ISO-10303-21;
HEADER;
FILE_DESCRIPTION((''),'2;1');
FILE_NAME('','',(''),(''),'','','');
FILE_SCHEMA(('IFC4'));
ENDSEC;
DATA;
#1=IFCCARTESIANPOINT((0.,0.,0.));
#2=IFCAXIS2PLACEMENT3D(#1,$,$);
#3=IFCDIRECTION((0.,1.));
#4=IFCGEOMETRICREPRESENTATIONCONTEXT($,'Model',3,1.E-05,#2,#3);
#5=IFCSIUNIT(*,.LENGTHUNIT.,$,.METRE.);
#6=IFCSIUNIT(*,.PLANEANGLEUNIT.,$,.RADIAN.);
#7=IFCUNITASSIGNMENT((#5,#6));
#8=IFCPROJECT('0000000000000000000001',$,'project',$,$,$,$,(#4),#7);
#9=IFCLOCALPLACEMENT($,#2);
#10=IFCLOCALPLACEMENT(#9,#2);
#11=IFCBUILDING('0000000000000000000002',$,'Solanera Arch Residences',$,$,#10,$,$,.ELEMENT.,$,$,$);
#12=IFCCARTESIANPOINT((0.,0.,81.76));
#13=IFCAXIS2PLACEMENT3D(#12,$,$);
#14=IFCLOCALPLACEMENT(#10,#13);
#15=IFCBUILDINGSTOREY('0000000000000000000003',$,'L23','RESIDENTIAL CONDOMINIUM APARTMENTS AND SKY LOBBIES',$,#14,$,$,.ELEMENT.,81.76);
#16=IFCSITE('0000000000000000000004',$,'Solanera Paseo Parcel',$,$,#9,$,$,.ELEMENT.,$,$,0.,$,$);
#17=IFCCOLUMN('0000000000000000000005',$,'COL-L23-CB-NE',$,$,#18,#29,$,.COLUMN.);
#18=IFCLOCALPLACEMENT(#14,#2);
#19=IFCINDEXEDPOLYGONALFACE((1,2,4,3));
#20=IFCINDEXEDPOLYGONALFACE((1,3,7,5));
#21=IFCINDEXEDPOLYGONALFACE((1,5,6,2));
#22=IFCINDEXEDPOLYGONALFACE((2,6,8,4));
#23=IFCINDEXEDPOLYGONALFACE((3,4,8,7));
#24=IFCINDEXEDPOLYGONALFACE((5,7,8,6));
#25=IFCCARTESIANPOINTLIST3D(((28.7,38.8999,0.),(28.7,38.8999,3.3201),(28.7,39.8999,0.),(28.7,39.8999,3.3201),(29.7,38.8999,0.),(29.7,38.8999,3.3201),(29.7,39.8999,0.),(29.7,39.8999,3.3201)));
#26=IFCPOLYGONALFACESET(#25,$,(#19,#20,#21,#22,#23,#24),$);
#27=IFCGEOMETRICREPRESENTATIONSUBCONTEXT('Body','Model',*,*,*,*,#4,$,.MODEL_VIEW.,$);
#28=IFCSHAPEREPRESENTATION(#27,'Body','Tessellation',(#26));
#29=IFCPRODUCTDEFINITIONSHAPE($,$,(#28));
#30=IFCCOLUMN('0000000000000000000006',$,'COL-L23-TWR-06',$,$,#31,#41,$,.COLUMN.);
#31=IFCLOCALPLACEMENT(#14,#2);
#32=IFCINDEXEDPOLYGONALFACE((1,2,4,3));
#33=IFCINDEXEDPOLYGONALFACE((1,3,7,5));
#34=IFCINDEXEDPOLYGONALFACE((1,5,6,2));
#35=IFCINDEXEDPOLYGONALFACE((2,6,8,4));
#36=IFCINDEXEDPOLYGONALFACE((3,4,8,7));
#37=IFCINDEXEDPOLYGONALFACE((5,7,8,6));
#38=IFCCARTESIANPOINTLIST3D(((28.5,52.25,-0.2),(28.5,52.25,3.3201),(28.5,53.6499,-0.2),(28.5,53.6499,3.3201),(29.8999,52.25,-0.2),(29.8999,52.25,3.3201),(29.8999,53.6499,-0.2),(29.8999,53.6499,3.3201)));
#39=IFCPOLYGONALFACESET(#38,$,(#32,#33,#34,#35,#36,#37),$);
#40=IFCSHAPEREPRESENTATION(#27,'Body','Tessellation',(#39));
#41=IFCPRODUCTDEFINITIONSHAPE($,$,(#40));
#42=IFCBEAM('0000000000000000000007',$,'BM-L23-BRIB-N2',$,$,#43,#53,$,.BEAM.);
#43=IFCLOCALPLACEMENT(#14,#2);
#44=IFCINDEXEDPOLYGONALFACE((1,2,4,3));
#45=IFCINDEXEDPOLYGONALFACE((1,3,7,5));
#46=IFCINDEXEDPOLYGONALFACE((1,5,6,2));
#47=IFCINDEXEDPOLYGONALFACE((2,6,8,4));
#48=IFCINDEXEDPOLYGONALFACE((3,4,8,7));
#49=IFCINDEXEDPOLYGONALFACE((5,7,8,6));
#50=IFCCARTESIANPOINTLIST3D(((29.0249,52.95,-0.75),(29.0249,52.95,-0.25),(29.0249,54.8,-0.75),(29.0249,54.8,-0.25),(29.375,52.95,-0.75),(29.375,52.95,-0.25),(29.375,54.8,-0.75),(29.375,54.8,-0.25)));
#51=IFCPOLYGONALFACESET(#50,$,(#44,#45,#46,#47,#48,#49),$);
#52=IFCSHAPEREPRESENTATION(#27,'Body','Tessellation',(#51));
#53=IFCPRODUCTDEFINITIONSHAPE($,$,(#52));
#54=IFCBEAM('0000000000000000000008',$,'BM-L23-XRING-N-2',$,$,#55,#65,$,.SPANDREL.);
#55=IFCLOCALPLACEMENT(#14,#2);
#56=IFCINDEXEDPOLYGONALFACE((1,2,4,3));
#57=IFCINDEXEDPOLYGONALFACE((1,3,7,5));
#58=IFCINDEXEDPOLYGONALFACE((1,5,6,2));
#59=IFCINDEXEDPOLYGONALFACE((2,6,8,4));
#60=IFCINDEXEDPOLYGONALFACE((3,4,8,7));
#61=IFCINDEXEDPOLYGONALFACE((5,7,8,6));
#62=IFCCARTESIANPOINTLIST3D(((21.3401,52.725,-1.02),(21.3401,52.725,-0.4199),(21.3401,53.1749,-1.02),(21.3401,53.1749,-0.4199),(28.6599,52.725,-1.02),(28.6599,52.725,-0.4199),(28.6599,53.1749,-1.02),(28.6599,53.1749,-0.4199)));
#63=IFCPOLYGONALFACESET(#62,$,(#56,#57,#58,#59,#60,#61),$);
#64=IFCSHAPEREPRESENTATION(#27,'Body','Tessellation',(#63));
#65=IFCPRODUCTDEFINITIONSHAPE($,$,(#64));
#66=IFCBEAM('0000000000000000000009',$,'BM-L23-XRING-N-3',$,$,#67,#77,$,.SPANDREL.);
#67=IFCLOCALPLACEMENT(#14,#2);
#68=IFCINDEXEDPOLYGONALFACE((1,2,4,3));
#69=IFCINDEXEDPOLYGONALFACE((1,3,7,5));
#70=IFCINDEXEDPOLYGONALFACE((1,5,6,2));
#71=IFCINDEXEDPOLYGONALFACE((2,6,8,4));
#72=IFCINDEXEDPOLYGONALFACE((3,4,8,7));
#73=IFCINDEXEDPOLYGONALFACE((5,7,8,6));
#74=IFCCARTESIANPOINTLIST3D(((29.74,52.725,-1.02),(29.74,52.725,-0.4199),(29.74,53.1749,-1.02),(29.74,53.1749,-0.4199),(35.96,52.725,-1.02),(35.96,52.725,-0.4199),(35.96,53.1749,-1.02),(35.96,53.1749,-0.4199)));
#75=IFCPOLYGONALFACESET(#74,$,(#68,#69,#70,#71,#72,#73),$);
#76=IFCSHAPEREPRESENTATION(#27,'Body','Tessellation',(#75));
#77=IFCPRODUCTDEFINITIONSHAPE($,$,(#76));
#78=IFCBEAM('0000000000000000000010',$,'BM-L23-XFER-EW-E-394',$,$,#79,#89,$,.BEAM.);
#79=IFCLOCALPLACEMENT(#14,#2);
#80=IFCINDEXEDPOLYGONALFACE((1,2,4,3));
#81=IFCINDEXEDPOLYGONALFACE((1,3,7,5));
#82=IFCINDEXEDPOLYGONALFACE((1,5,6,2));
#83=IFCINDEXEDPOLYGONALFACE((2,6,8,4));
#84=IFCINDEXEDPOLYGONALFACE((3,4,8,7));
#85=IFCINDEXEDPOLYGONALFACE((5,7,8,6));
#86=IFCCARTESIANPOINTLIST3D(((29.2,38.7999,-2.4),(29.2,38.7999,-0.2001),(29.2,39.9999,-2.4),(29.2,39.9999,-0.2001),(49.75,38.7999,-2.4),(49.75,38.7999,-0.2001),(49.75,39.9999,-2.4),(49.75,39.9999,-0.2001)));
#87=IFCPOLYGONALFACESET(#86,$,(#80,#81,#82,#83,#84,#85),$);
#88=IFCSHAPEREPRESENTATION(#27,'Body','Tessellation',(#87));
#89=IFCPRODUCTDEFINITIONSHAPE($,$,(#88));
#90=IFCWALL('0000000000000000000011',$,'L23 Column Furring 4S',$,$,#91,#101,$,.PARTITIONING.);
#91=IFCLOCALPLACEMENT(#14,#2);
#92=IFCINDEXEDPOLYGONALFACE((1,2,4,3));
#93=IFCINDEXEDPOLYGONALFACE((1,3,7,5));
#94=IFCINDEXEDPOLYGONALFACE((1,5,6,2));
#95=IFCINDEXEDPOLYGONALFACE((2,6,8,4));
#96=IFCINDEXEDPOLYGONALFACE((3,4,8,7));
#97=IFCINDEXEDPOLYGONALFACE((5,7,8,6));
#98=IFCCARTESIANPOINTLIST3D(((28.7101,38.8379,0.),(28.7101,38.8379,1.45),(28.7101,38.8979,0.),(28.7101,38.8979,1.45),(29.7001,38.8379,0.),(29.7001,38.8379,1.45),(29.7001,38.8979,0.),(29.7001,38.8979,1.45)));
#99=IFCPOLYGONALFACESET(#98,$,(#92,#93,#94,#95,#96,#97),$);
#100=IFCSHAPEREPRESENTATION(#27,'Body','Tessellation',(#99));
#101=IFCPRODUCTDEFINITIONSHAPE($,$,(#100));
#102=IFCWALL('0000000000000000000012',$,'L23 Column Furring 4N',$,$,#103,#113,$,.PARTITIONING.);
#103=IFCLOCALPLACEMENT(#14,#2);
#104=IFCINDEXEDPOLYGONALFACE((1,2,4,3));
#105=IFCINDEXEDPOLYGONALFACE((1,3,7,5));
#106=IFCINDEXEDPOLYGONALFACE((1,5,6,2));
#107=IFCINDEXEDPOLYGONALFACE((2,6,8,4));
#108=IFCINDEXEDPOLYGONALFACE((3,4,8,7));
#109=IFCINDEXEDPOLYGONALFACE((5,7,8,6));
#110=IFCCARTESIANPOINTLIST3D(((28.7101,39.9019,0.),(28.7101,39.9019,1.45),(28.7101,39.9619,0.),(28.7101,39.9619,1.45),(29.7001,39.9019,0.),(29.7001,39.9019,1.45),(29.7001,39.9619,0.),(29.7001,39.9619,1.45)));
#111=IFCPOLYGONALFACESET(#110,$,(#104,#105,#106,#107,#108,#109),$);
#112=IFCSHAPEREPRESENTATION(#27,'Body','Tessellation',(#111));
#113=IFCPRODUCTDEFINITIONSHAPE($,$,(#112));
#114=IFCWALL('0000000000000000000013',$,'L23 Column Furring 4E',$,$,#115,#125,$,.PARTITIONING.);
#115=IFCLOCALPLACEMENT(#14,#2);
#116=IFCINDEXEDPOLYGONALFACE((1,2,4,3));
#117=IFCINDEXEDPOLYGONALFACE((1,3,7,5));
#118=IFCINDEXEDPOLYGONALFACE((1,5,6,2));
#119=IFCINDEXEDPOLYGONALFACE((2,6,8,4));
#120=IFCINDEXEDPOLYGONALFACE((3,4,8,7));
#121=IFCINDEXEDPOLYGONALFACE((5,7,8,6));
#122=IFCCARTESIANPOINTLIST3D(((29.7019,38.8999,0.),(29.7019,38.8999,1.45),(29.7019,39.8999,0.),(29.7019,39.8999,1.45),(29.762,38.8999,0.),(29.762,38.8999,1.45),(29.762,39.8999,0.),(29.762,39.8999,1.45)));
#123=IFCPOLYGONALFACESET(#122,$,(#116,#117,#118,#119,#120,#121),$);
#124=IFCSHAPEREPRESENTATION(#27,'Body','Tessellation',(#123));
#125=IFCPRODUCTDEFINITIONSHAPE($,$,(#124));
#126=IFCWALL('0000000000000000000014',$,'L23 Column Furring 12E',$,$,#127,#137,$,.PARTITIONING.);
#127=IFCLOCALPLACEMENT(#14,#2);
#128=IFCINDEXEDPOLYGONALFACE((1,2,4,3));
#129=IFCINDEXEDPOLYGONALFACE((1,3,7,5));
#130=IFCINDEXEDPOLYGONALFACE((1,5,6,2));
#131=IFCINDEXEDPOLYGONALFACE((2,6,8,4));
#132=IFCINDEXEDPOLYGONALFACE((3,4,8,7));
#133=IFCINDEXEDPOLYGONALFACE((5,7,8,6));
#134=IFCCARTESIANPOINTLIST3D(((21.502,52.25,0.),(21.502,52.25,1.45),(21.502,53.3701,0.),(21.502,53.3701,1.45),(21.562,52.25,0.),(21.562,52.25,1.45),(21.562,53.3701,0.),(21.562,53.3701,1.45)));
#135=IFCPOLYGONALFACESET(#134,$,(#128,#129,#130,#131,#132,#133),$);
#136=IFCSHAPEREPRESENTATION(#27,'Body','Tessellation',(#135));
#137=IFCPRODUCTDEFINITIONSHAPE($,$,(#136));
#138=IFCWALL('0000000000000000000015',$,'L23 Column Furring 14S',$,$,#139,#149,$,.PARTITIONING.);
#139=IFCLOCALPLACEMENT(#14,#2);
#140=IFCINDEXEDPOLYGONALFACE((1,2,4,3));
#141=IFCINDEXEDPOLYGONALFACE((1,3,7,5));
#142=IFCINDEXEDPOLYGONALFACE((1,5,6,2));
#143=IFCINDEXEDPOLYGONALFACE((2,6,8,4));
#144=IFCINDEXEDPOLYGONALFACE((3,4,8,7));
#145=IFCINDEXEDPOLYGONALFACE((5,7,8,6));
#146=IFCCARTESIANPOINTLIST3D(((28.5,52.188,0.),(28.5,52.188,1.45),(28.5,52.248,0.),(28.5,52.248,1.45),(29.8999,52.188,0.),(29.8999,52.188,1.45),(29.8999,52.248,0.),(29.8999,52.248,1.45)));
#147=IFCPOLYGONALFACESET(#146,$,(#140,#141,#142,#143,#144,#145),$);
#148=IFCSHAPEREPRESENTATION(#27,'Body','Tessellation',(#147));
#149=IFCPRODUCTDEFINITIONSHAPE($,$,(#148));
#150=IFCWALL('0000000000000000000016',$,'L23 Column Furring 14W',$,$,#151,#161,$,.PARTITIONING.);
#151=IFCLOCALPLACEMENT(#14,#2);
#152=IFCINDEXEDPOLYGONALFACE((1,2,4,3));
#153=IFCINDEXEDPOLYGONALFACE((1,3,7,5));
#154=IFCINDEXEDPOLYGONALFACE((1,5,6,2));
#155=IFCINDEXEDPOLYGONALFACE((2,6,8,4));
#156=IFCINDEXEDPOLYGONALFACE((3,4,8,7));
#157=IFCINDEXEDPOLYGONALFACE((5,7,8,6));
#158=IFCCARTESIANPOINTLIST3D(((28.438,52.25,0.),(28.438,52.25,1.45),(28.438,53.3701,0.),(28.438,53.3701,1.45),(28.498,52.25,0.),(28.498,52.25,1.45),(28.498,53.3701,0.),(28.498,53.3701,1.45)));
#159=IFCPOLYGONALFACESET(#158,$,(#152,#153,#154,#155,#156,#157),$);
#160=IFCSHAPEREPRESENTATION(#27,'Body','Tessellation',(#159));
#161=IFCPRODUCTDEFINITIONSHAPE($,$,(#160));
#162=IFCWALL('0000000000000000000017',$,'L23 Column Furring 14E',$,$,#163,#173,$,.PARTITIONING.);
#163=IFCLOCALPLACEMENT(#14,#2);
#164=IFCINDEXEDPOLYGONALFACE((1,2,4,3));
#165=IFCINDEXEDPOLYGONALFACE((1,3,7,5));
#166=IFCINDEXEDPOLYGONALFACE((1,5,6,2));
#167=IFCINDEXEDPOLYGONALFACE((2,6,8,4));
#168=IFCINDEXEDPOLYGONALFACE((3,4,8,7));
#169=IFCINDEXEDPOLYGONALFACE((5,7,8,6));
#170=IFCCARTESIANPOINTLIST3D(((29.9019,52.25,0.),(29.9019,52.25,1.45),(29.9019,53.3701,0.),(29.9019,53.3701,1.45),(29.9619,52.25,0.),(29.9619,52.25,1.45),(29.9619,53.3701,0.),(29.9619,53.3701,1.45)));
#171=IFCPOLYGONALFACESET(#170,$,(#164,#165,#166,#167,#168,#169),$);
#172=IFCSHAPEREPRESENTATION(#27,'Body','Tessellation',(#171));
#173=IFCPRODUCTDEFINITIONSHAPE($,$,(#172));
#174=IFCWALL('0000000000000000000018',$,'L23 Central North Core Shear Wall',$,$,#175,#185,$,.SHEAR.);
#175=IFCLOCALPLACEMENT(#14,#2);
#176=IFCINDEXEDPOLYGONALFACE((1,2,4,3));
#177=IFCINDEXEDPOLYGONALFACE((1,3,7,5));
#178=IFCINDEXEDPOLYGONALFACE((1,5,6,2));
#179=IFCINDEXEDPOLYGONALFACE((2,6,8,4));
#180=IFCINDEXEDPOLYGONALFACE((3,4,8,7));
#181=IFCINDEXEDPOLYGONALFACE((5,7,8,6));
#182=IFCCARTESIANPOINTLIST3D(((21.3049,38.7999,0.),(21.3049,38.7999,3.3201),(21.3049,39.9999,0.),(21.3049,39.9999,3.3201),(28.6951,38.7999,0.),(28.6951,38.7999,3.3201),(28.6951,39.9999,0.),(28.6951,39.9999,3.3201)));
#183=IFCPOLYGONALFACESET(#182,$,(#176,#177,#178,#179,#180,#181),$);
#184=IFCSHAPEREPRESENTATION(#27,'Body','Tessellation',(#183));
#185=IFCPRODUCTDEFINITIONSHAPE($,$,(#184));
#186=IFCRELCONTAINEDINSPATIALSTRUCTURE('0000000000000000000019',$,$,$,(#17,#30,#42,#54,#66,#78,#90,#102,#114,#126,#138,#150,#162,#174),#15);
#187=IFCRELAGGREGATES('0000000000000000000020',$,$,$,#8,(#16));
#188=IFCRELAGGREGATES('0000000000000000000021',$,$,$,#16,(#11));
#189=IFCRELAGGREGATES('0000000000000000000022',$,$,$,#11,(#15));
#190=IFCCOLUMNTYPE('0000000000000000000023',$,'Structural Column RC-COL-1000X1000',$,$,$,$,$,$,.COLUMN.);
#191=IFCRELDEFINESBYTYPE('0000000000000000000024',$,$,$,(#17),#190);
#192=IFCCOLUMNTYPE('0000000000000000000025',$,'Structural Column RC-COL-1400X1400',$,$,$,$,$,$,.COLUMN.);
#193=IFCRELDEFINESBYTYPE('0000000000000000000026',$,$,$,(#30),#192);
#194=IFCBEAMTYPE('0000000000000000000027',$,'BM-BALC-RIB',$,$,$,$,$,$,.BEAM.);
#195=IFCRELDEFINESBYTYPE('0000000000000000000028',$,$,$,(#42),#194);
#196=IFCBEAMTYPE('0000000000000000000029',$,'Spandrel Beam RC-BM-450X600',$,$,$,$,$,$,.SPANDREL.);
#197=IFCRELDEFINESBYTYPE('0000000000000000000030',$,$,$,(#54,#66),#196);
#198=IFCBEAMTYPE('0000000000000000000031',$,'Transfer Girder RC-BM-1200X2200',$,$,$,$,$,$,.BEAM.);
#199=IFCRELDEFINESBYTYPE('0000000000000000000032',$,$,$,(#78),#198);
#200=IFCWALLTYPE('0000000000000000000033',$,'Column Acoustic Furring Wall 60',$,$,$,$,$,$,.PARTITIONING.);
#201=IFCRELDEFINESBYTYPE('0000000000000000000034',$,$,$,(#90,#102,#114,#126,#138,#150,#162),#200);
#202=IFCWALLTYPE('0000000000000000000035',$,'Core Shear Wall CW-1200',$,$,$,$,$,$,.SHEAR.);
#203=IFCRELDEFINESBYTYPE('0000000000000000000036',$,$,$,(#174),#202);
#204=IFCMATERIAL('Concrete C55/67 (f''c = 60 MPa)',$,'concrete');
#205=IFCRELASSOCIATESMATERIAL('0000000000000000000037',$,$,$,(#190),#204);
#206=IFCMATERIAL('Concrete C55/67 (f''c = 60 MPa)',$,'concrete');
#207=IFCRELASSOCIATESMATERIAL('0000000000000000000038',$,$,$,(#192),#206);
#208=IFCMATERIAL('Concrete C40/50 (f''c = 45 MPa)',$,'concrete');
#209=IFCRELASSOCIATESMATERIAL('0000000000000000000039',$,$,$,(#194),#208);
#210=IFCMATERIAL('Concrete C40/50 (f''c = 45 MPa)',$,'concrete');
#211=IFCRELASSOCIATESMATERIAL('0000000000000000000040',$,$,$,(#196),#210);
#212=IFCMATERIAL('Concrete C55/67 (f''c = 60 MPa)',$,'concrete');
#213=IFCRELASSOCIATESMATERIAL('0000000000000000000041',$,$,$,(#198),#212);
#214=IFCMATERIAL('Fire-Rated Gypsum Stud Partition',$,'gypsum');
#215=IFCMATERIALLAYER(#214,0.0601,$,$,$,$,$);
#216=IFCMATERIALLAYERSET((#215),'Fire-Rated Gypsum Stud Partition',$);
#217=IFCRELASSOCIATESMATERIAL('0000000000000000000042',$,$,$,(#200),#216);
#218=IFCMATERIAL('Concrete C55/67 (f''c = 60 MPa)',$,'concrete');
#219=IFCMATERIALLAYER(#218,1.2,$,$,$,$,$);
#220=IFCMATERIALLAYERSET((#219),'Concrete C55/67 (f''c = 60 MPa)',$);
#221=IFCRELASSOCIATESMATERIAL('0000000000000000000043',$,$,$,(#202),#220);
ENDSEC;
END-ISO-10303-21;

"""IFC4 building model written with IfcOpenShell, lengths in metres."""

from ifc_helpers import new_model, si_unit, direction, frame, frame_2d, origin, origin_2d, place, context, subcontext, project, spatial, rectangle, extrude, material, layer, layer_set, material_profile, profile_set, type_object, element, save


model = new_model("IFC4")

# Units and contexts
model_context = context("Model", 3, precision=1e-05, world=origin(), true_north=direction((0.0, 1.0)))
body_context = subcontext(model_context, "Body", "Model", "MODEL_VIEW")
ifc_project = project(units=[si_unit("LENGTHUNIT", "METRE"), si_unit("PLANEANGLEUNIT", "RADIAN")], contexts=[model_context])

# Site, building, storey
site_placement = place(None, origin())
site = spatial("IfcSite", under=ifc_project, at=site_placement, Name="Solanera Paseo Parcel", CompositionType="ELEMENT", RefElevation=0.0)
building_placement = place(site_placement, origin())
building = spatial("IfcBuilding", under=site, at=building_placement, Name="Solanera Arch Residences", CompositionType="ELEMENT")
storey_placement = place(building_placement, frame((0.0, 0.0, 81.76)))
storey = spatial("IfcBuildingStorey", under=building, at=storey_placement, Name="L23", Description="RESIDENTIAL CONDOMINIUM APARTMENTS AND SKY LOBBIES", CompositionType="ELEMENT", Elevation=81.76)

# Columns
ifc_material_1 = material(Name="Concrete C55/67 (f'c = 60 MPa)", Category="concrete")
ifc_material_profile_1 = material_profile(ifc_material_1, rectangle(XDim=1.0, YDim=1.0, at=origin_2d()))
ifc_profile_set_1 = profile_set([ifc_material_profile_1], Name="Concrete C55/67 (f'c = 60 MPa)")
column_type_1 = type_object("IfcColumnType", Name="Structural Column RC-COL-1000X1000", PredefinedType="COLUMN", material=ifc_profile_set_1)
column_1_placement = place(storey_placement, frame((29.2, 39.3999, 0.0), z_axis=(0.0, 0.0, 1.0), x_axis=(1.0, 0.0, 0.0)))
element("IfcColumn", 1, at=column_1_placement, inside=storey, type_object=column_type_1, Name="COL-L23-CB-NE", PredefinedType="COLUMN", context=body_context, shape_type="SweptSolid", body=[
    extrude(rectangle(XDim=1.0, YDim=1.0, at=origin_2d()), origin(), (0.0, 0.0, 1.0), 3.3201),
])
ifc_material_2 = material(Name="Concrete C55/67 (f'c = 60 MPa)", Category="concrete")
ifc_material_profile_2 = material_profile(ifc_material_2, rectangle(XDim=1.3999, YDim=1.3999, at=origin_2d()))
ifc_profile_set_2 = profile_set([ifc_material_profile_2], Name="Concrete C55/67 (f'c = 60 MPa)")
column_type_2 = type_object("IfcColumnType", Name="Structural Column RC-COL-1400X1400", PredefinedType="COLUMN", material=ifc_profile_set_2)
column_2_placement = place(storey_placement, frame((29.2, 52.95, -0.2), z_axis=(0.0, 0.0, 1.0), x_axis=(1.0, 0.0, 0.0)))
element("IfcColumn", 2, at=column_2_placement, inside=storey, type_object=column_type_2, Name="COL-L23-TWR-06", PredefinedType="COLUMN", context=body_context, shape_type="SweptSolid", body=[
    extrude(rectangle(XDim=1.3999, YDim=1.3999, at=origin_2d()), origin(), (0.0, 0.0, 1.0), 3.52),
])

# Beams
ifc_material_3 = material(Name="Concrete C40/50 (f'c = 45 MPa)", Category="concrete")
ifc_material_profile_3 = material_profile(ifc_material_3, rectangle(XDim=0.3501, YDim=0.5, at=origin_2d()))
ifc_profile_set_3 = profile_set([ifc_material_profile_3], Name="Concrete C40/50 (f'c = 45 MPa)")
beam_type_1 = type_object("IfcBeamType", Name="BM-BALC-RIB", PredefinedType="BEAM", material=ifc_profile_set_3)
beam_1_placement = place(storey_placement, frame((29.2, 52.95, -0.5), z_axis=(0.0, 1.0, 0.0), x_axis=(-1.0, 0.0, 0.0)))
element("IfcBeam", 3, at=beam_1_placement, inside=storey, type_object=beam_type_1, Name="BM-L23-BRIB-N2", PredefinedType="BEAM", context=body_context, shape_type="SweptSolid", body=[
    extrude(rectangle(XDim=0.3501, YDim=0.5, at=origin_2d()), origin(), (0.0, 0.0, 1.0), 1.8501),
])
ifc_material_4 = material(Name="Concrete C40/50 (f'c = 45 MPa)", Category="concrete")
ifc_material_profile_4 = material_profile(ifc_material_4, rectangle(XDim=0.45, YDim=0.6001, at=origin_2d()))
ifc_profile_set_4 = profile_set([ifc_material_profile_4], Name="Concrete C40/50 (f'c = 45 MPa)")
beam_type_2 = type_object("IfcBeamType", Name="Spandrel Beam RC-BM-450X600", PredefinedType="SPANDREL", material=ifc_profile_set_4)
beam_2_placement = place(storey_placement, frame((21.3401, 52.95, -0.72), z_axis=(1.0, 0.0, 0.0), x_axis=(0.0, 1.0, 0.0)))
element("IfcBeam", 4, at=beam_2_placement, inside=storey, type_object=beam_type_2, Name="BM-L23-XRING-N-2", PredefinedType="SPANDREL", context=body_context, shape_type="SweptSolid", body=[
    extrude(rectangle(XDim=0.45, YDim=0.6001, at=origin_2d()), origin(), (0.0, 0.0, 1.0), 7.3198),
])
beam_3_placement = place(storey_placement, frame((29.74, 52.95, -0.72), z_axis=(1.0, 0.0, 0.0), x_axis=(0.0, 1.0, 0.0)))
element("IfcBeam", 5, at=beam_3_placement, inside=storey, type_object=beam_type_2, Name="BM-L23-XRING-N-3", PredefinedType="SPANDREL", context=body_context, shape_type="SweptSolid", body=[
    extrude(rectangle(XDim=0.45, YDim=0.6001, at=origin_2d()), origin(), (0.0, 0.0, 1.0), 6.22),
])
ifc_material_5 = material(Name="Concrete C55/67 (f'c = 60 MPa)", Category="concrete")
ifc_material_profile_5 = material_profile(ifc_material_5, rectangle(XDim=1.2, YDim=2.2, at=origin_2d()))
ifc_profile_set_5 = profile_set([ifc_material_profile_5], Name="Concrete C55/67 (f'c = 60 MPa)")
beam_type_3 = type_object("IfcBeamType", Name="Transfer Girder RC-BM-1200X2200", PredefinedType="BEAM", material=ifc_profile_set_5)
beam_4_placement = place(storey_placement, frame((29.2, 39.3999, -1.3), z_axis=(1.0, 0.0, 0.0), x_axis=(0.0, 1.0, 0.0)))
element("IfcBeam", 6, at=beam_4_placement, inside=storey, type_object=beam_type_3, Name="BM-L23-XFER-EW-E-394", PredefinedType="BEAM", context=body_context, shape_type="SweptSolid", body=[
    extrude(rectangle(XDim=1.2, YDim=2.2, at=origin_2d()), origin(), (0.0, 0.0, 1.0), 20.55),
])

# Walls
ifc_material_6 = material(Name="Fire-Rated Gypsum Stud Partition", Category="gypsum")
ifc_layer_1 = layer(ifc_material_6, 0.0601)
ifc_layer_set_1 = layer_set([ifc_layer_1], Name="Fire-Rated Gypsum Stud Partition")
wall_type_1 = type_object("IfcWallType", Name="Column Acoustic Furring Wall 60", PredefinedType="PARTITIONING", material=ifc_layer_set_1)
for number, where, z_axis, x_axis, name in (
    (7, (28.71, 38.8679, 0.0), (0.0, 0.0, 1.0), (1.0, 0.0, 0.0), "L23 Column Furring 4S"),
    (8, (28.71, 39.9319, 0.0), (0.0, 0.0, 1.0), (1.0, 0.0, 0.0), "L23 Column Furring 4N"),
):
    element("IfcWall", number, at=place(storey_placement, frame(where, z_axis=z_axis, x_axis=x_axis)), inside=storey, type_object=wall_type_1, Name=name, PredefinedType="PARTITIONING", context=body_context, shape_type="SweptSolid", body=[
        extrude(rectangle(XDim=0.99, YDim=0.0601, at=frame_2d((0.4951, 0.0))), origin(), (0.0, 0.0, 1.0), 1.45),
    ])
wall_1_placement = place(storey_placement, frame((29.7319, 38.8999, 0.0), z_axis=(0.0, 0.0, 1.0), x_axis=(0.0, 1.0, 0.0)))
element("IfcWall", 9, at=wall_1_placement, inside=storey, type_object=wall_type_1, Name="L23 Column Furring 4E", PredefinedType="PARTITIONING", context=body_context, shape_type="SweptSolid", body=[
    extrude(rectangle(XDim=1.0, YDim=0.0601, at=frame_2d((0.5, 0.0))), origin(), (0.0, 0.0, 1.0), 1.45),
])
wall_2_placement = place(storey_placement, frame((21.532, 52.25, 0.0), z_axis=(0.0, 0.0, 1.0), x_axis=(0.0, 1.0, 0.0)))
element("IfcWall", 10, at=wall_2_placement, inside=storey, type_object=wall_type_1, Name="L23 Column Furring 12E", PredefinedType="PARTITIONING", context=body_context, shape_type="SweptSolid", body=[
    extrude(rectangle(XDim=1.1201, YDim=0.0601, at=frame_2d((0.5601, 0.0))), origin(), (0.0, 0.0, 1.0), 1.45),
])
wall_3_placement = place(storey_placement, frame((28.5, 52.218, 0.0), z_axis=(0.0, 0.0, 1.0), x_axis=(1.0, 0.0, 0.0)))
element("IfcWall", 11, at=wall_3_placement, inside=storey, type_object=wall_type_1, Name="L23 Column Furring 14S", PredefinedType="PARTITIONING", context=body_context, shape_type="SweptSolid", body=[
    extrude(rectangle(XDim=1.3999, YDim=0.0601, at=frame_2d((0.7, 0.0))), origin(), (0.0, 0.0, 1.0), 1.45),
])
for number, where, z_axis, x_axis, name in (
    (12, (28.468, 52.25, 0.0), (0.0, 0.0, 1.0), (0.0, 1.0, 0.0), "L23 Column Furring 14W"),
    (13, (29.9319, 52.25, 0.0), (0.0, 0.0, 1.0), (0.0, 1.0, 0.0), "L23 Column Furring 14E"),
):
    element("IfcWall", number, at=place(storey_placement, frame(where, z_axis=z_axis, x_axis=x_axis)), inside=storey, type_object=wall_type_1, Name=name, PredefinedType="PARTITIONING", context=body_context, shape_type="SweptSolid", body=[
        extrude(rectangle(XDim=1.1201, YDim=0.0601, at=frame_2d((0.5601, 0.0))), origin(), (0.0, 0.0, 1.0), 1.45),
    ])
ifc_material_7 = material(Name="Concrete C55/67 (f'c = 60 MPa)", Category="concrete")
ifc_layer_2 = layer(ifc_material_7, 1.2)
ifc_layer_set_2 = layer_set([ifc_layer_2], Name="Concrete C55/67 (f'c = 60 MPa)")
wall_type_2 = type_object("IfcWallType", Name="Core Shear Wall CW-1200", PredefinedType="SHEAR", material=ifc_layer_set_2)
wall_4_placement = place(storey_placement, frame((21.3049, 39.3999, 0.0), z_axis=(0.0, 0.0, 1.0), x_axis=(1.0, 0.0, 0.0)))
element("IfcWall", 14, at=wall_4_placement, inside=storey, type_object=wall_type_2, Name="L23 Central North Core Shear Wall", PredefinedType="SHEAR", context=body_context, shape_type="SweptSolid", body=[
    extrude(rectangle(XDim=7.3901, YDim=1.2, at=frame_2d((3.6951, 0.0))), origin(), (0.0, 0.0, 1.0), 3.3201),
])

save(model, "model.ifc")
